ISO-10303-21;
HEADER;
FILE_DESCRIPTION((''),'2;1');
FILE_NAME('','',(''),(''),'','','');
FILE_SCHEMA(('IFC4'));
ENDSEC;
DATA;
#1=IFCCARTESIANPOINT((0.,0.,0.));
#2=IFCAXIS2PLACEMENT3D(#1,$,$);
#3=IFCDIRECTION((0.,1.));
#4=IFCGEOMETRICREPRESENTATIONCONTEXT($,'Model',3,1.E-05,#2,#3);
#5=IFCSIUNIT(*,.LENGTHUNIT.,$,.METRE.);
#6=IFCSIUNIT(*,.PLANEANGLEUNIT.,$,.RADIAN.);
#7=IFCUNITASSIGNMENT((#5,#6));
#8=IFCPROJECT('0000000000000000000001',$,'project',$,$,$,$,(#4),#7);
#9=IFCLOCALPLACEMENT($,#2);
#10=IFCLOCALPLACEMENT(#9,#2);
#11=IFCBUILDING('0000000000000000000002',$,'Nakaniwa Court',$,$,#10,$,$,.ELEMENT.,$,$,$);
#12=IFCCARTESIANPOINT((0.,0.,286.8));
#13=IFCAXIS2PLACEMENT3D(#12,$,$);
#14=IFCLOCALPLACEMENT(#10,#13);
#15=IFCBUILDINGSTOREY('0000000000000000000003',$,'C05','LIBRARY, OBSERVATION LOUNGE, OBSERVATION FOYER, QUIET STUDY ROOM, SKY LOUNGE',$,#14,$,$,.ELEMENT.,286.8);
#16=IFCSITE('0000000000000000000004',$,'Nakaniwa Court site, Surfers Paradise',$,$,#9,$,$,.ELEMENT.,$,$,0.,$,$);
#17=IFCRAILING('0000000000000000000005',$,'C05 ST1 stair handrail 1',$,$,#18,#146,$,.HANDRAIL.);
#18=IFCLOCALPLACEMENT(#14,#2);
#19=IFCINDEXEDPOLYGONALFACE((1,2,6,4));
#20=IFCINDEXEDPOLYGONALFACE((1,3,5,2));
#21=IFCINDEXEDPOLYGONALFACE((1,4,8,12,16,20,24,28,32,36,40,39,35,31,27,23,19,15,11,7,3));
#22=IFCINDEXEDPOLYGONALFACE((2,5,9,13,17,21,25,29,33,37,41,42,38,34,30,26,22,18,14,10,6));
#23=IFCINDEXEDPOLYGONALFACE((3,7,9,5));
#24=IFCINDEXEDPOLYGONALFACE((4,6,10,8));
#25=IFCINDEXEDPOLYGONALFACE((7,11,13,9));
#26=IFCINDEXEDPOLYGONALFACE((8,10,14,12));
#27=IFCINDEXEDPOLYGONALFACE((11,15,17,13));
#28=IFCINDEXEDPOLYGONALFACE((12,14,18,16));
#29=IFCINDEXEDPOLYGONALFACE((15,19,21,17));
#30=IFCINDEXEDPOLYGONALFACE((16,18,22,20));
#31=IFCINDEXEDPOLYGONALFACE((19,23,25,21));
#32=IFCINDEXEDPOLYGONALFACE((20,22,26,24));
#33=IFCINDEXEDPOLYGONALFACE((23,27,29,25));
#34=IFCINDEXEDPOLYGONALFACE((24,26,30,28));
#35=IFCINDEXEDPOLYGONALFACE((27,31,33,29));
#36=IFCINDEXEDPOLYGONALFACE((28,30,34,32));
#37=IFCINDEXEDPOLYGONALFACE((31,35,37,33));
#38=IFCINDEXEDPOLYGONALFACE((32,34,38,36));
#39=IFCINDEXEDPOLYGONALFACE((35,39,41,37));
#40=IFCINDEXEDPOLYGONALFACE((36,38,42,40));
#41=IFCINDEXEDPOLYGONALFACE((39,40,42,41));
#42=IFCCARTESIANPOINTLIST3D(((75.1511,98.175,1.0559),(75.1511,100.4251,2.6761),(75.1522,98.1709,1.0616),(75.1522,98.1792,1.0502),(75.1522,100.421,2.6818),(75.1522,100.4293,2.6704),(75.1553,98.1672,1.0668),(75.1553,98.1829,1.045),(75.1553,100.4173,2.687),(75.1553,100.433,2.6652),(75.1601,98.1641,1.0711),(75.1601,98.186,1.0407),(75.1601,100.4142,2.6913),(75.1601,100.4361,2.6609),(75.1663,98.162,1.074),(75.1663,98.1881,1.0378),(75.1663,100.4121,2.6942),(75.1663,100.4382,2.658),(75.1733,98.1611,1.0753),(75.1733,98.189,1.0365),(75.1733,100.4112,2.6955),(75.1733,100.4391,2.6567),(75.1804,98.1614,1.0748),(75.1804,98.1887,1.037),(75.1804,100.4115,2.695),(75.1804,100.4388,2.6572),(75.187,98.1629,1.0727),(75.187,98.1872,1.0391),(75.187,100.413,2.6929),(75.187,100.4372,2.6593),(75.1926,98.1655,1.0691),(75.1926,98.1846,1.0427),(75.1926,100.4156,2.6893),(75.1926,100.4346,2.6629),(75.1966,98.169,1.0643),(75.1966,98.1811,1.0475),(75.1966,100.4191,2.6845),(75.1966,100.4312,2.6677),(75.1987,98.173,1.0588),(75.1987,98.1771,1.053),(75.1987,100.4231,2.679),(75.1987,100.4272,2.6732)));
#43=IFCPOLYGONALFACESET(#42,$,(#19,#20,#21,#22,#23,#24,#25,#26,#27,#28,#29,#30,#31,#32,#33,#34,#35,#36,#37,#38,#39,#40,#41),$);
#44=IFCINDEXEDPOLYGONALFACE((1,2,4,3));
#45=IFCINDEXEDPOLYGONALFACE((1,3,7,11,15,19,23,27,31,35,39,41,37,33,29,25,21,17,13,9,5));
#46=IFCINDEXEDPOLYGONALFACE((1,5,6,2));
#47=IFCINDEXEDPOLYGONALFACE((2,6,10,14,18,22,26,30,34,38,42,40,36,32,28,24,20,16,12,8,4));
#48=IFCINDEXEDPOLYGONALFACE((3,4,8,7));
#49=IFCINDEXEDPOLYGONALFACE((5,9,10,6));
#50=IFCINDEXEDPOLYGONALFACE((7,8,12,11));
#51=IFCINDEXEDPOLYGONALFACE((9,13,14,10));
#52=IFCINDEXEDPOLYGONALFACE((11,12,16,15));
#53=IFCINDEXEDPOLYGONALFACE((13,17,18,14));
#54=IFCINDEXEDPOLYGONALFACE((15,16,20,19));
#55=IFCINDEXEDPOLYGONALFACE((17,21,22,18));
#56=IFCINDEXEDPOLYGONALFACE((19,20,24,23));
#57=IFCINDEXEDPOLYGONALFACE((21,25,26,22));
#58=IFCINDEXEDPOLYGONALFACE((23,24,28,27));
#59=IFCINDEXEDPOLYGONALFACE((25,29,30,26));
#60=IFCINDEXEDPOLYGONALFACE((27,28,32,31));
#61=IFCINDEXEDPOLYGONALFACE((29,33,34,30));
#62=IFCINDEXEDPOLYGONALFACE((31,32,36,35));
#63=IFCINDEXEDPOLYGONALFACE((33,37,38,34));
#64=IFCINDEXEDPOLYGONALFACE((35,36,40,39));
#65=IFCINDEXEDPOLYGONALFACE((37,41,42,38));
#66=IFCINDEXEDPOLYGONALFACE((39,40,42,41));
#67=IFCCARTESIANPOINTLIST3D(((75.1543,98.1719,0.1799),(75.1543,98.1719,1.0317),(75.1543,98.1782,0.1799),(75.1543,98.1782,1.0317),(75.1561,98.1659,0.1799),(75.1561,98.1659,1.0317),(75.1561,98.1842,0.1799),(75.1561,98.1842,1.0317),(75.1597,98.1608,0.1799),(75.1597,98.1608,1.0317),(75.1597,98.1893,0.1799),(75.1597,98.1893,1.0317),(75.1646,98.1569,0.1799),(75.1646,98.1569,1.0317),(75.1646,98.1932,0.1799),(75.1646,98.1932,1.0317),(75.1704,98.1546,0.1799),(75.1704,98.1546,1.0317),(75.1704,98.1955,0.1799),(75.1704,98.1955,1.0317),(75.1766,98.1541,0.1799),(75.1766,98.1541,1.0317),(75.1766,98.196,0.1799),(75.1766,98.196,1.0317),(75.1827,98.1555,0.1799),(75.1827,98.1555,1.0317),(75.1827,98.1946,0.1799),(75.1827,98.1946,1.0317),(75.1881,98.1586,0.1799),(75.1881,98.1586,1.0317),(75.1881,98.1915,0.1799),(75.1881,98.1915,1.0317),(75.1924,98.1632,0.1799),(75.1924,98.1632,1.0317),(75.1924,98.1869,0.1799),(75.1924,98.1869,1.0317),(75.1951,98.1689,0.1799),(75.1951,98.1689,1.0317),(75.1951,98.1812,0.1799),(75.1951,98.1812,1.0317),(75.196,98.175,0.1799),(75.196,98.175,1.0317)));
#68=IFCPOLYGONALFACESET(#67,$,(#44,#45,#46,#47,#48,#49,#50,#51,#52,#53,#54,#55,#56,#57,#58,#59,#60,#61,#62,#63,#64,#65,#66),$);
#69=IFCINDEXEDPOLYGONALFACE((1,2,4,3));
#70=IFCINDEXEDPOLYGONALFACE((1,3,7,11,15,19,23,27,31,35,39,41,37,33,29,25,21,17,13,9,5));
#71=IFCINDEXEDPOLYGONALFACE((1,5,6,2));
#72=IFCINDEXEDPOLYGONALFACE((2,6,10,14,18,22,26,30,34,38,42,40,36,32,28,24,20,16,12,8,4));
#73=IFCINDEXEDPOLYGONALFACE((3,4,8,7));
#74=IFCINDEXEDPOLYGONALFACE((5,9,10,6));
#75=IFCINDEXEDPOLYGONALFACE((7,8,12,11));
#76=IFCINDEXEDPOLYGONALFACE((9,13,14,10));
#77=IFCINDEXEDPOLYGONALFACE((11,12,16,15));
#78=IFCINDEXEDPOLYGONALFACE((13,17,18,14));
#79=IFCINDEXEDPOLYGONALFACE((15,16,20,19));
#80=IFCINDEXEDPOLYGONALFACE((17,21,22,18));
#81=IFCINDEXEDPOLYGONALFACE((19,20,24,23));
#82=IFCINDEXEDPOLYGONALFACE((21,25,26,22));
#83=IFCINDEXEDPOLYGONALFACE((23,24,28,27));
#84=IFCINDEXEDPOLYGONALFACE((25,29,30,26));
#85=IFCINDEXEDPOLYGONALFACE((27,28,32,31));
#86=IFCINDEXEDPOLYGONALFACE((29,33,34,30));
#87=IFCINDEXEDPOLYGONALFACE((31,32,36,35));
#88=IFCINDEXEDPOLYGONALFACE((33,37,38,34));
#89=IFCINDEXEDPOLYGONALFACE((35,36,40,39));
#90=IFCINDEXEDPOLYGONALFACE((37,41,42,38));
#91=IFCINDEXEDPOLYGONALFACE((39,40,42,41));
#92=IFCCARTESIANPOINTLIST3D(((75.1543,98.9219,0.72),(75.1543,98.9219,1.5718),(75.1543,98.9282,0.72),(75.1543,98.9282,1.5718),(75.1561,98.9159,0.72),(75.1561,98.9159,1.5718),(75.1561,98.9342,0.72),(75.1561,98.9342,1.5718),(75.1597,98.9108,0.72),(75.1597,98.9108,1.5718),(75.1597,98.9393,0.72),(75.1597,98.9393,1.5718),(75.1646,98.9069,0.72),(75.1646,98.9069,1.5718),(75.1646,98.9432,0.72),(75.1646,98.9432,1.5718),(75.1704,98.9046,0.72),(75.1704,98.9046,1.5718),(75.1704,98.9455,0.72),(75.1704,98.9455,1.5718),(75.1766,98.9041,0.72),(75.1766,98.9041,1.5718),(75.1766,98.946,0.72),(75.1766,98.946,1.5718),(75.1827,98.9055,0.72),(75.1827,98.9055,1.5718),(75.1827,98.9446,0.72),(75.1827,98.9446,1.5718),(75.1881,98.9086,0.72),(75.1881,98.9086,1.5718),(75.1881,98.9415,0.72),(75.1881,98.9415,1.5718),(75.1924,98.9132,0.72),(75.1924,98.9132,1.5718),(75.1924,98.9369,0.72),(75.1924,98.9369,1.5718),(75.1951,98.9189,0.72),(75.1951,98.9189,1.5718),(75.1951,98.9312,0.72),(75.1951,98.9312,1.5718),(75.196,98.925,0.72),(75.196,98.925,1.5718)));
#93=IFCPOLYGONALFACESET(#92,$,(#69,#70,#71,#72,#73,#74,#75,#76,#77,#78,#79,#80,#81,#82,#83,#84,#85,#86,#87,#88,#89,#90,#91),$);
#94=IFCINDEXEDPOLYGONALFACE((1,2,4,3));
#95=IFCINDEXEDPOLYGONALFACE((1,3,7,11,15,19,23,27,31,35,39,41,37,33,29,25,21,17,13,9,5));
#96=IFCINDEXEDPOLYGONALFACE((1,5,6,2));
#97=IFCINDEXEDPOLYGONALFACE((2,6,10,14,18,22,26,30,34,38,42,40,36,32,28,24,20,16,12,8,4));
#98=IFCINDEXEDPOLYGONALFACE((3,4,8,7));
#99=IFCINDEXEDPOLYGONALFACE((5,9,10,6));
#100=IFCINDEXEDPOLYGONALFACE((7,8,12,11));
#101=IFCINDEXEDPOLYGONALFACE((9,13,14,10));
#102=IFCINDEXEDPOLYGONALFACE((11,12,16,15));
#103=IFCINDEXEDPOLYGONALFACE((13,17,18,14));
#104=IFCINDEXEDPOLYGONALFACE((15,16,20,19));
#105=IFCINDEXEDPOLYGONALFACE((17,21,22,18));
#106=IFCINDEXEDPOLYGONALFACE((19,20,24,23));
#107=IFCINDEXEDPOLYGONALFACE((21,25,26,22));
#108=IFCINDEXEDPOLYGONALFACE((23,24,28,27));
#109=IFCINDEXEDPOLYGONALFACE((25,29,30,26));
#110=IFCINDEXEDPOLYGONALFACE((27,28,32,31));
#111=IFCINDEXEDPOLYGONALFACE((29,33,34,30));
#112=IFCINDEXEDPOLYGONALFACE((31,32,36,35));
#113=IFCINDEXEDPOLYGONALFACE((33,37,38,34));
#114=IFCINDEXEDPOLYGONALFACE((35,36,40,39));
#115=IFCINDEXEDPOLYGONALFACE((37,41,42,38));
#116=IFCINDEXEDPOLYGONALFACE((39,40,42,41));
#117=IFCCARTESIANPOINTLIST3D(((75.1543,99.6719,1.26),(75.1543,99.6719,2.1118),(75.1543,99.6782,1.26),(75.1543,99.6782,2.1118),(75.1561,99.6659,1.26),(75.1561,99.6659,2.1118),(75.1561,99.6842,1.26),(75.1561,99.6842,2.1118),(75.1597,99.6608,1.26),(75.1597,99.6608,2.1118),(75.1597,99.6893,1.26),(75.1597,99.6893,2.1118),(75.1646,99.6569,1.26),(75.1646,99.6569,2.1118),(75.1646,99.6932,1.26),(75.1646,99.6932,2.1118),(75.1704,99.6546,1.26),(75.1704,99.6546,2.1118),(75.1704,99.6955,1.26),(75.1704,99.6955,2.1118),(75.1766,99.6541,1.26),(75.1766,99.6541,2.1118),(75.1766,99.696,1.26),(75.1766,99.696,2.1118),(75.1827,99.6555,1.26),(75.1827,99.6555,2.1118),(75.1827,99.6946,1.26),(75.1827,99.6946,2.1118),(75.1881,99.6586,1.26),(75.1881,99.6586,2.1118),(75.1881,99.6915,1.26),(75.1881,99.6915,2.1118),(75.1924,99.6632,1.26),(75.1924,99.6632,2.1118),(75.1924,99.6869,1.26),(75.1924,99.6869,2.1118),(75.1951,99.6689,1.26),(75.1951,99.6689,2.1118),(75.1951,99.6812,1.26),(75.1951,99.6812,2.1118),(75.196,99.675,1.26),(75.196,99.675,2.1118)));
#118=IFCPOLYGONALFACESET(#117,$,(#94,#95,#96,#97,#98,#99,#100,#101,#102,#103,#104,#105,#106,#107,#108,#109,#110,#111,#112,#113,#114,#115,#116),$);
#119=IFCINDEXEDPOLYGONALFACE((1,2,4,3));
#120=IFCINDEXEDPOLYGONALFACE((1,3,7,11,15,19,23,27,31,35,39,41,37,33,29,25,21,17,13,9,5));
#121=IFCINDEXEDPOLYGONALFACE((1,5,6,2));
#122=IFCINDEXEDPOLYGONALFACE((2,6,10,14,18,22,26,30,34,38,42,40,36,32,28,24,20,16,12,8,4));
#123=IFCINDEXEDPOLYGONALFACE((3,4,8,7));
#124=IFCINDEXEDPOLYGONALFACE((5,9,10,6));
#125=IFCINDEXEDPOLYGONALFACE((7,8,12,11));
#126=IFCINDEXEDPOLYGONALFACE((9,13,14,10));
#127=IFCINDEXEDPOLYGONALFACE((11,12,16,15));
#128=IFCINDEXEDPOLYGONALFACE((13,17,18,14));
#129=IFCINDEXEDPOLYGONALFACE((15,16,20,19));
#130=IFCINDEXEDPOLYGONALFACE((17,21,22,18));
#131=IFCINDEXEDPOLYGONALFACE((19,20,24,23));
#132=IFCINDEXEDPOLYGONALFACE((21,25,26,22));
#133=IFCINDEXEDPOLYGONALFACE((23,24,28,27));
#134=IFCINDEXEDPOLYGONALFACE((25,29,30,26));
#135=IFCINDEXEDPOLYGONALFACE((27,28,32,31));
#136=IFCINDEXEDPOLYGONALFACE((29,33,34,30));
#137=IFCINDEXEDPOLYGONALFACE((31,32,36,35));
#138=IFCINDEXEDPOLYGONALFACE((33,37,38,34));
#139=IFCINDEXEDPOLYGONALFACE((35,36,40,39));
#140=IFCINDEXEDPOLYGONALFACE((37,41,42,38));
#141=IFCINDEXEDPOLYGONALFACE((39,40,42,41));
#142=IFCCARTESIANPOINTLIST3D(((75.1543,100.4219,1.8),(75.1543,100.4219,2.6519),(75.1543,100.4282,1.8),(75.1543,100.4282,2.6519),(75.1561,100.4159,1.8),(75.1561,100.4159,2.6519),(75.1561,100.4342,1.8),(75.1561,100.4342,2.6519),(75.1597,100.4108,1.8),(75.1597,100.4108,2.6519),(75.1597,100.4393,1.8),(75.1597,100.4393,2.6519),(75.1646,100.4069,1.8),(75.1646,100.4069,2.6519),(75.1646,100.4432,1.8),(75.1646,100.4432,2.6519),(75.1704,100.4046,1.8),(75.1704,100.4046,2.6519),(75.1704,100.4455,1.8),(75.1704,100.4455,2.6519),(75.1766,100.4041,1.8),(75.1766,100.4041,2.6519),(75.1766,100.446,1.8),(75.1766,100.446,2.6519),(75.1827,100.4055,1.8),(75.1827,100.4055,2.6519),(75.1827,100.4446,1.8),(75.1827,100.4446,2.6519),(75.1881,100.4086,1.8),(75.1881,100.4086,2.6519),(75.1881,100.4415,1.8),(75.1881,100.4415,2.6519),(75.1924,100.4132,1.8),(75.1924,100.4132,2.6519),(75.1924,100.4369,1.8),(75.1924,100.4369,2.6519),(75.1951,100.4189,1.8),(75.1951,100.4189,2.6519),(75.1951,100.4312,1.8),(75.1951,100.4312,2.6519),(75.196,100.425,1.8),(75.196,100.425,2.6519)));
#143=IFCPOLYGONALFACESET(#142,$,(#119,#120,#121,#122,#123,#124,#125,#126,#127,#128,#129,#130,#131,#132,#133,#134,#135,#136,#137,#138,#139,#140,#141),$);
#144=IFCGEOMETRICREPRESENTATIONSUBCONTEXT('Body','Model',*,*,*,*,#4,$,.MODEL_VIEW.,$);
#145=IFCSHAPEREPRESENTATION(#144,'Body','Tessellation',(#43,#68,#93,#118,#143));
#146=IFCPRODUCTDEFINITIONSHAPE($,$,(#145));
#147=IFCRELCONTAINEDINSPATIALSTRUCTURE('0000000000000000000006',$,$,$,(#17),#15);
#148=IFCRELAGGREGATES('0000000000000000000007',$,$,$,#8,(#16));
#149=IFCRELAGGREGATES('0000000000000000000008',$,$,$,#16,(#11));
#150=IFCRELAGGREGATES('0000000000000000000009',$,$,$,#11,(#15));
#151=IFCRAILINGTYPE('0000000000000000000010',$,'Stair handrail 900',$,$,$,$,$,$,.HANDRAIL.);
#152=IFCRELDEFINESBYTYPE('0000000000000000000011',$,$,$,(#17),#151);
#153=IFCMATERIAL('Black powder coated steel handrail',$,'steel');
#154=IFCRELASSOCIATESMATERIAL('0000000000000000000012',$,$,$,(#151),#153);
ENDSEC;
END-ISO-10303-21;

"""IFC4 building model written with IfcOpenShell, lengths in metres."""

from ifc_helpers import new_model, si_unit, direction, frame, origin, origin_2d, place, context, subcontext, project, spatial, circle, extrude, material, type_object, element, save


model = new_model("IFC4")

# Units and contexts
model_context = context("Model", 3, precision=1e-05, world=origin(), true_north=direction((0.0, 1.0)))
body_context = subcontext(model_context, "Body", "Model", "MODEL_VIEW")
ifc_project = project(units=[si_unit("LENGTHUNIT", "METRE"), si_unit("PLANEANGLEUNIT", "RADIAN")], contexts=[model_context])

# Site, building, storey
site_placement = place(None, origin())
site = spatial("IfcSite", under=ifc_project, at=site_placement, Name="Nakaniwa Court site, Surfers Paradise", CompositionType="ELEMENT", RefElevation=0.0)
building_placement = place(site_placement, origin())
building = spatial("IfcBuilding", under=site, at=building_placement, Name="Nakaniwa Court", CompositionType="ELEMENT")
storey_placement = place(building_placement, frame((0.0, 0.0, 286.8)))
storey = spatial("IfcBuildingStorey", under=building, at=storey_placement, Name="C05", Description="LIBRARY, OBSERVATION LOUNGE, OBSERVATION FOYER, QUIET STUDY ROOM, SKY LOUNGE", CompositionType="ELEMENT", Elevation=286.8)

# Railing
ifc_material_1 = material(Name="Black powder coated steel handrail", Category="steel")
railing_type_1 = type_object("IfcRailingType", Name="Stair handrail 900", PredefinedType="HANDRAIL", material=ifc_material_1)
railing_1_placement = place(storey_placement, frame((75.175, 98.175, 0.1799)))
element("IfcRailing", 1, at=railing_1_placement, inside=storey, type_object=railing_type_1, Name="C05 ST1 stair handrail 1", PredefinedType="HANDRAIL", context=body_context, shape_type="SweptSolid", body=[
    extrude(circle(Radius=0.0239, at=origin_2d()), frame((0.0, 0.0, 0.876), z_axis=(0.0, 0.811514, 0.584333), x_axis=(-1.0, 0.0, 0.0)), (0.0, 0.0, 1.0), 2.7727),
    extrude(circle(Radius=0.021, at=origin_2d()), origin(), (0.0, 0.0, 1.0), 0.8518),
    extrude(circle(Radius=0.021, at=origin_2d()), frame((0.0, 0.75, 0.54)), (0.0, 0.0, 1.0), 0.8518),
    extrude(circle(Radius=0.021, at=origin_2d()), frame((0.0, 1.5, 1.0801)), (0.0, 0.0, 1.0), 0.8518),
    extrude(circle(Radius=0.021, at=origin_2d()), frame((0.0, 2.25, 1.6201)), (0.0, 0.0, 1.0), 0.8518),
])

save(model, "model.ifc")
